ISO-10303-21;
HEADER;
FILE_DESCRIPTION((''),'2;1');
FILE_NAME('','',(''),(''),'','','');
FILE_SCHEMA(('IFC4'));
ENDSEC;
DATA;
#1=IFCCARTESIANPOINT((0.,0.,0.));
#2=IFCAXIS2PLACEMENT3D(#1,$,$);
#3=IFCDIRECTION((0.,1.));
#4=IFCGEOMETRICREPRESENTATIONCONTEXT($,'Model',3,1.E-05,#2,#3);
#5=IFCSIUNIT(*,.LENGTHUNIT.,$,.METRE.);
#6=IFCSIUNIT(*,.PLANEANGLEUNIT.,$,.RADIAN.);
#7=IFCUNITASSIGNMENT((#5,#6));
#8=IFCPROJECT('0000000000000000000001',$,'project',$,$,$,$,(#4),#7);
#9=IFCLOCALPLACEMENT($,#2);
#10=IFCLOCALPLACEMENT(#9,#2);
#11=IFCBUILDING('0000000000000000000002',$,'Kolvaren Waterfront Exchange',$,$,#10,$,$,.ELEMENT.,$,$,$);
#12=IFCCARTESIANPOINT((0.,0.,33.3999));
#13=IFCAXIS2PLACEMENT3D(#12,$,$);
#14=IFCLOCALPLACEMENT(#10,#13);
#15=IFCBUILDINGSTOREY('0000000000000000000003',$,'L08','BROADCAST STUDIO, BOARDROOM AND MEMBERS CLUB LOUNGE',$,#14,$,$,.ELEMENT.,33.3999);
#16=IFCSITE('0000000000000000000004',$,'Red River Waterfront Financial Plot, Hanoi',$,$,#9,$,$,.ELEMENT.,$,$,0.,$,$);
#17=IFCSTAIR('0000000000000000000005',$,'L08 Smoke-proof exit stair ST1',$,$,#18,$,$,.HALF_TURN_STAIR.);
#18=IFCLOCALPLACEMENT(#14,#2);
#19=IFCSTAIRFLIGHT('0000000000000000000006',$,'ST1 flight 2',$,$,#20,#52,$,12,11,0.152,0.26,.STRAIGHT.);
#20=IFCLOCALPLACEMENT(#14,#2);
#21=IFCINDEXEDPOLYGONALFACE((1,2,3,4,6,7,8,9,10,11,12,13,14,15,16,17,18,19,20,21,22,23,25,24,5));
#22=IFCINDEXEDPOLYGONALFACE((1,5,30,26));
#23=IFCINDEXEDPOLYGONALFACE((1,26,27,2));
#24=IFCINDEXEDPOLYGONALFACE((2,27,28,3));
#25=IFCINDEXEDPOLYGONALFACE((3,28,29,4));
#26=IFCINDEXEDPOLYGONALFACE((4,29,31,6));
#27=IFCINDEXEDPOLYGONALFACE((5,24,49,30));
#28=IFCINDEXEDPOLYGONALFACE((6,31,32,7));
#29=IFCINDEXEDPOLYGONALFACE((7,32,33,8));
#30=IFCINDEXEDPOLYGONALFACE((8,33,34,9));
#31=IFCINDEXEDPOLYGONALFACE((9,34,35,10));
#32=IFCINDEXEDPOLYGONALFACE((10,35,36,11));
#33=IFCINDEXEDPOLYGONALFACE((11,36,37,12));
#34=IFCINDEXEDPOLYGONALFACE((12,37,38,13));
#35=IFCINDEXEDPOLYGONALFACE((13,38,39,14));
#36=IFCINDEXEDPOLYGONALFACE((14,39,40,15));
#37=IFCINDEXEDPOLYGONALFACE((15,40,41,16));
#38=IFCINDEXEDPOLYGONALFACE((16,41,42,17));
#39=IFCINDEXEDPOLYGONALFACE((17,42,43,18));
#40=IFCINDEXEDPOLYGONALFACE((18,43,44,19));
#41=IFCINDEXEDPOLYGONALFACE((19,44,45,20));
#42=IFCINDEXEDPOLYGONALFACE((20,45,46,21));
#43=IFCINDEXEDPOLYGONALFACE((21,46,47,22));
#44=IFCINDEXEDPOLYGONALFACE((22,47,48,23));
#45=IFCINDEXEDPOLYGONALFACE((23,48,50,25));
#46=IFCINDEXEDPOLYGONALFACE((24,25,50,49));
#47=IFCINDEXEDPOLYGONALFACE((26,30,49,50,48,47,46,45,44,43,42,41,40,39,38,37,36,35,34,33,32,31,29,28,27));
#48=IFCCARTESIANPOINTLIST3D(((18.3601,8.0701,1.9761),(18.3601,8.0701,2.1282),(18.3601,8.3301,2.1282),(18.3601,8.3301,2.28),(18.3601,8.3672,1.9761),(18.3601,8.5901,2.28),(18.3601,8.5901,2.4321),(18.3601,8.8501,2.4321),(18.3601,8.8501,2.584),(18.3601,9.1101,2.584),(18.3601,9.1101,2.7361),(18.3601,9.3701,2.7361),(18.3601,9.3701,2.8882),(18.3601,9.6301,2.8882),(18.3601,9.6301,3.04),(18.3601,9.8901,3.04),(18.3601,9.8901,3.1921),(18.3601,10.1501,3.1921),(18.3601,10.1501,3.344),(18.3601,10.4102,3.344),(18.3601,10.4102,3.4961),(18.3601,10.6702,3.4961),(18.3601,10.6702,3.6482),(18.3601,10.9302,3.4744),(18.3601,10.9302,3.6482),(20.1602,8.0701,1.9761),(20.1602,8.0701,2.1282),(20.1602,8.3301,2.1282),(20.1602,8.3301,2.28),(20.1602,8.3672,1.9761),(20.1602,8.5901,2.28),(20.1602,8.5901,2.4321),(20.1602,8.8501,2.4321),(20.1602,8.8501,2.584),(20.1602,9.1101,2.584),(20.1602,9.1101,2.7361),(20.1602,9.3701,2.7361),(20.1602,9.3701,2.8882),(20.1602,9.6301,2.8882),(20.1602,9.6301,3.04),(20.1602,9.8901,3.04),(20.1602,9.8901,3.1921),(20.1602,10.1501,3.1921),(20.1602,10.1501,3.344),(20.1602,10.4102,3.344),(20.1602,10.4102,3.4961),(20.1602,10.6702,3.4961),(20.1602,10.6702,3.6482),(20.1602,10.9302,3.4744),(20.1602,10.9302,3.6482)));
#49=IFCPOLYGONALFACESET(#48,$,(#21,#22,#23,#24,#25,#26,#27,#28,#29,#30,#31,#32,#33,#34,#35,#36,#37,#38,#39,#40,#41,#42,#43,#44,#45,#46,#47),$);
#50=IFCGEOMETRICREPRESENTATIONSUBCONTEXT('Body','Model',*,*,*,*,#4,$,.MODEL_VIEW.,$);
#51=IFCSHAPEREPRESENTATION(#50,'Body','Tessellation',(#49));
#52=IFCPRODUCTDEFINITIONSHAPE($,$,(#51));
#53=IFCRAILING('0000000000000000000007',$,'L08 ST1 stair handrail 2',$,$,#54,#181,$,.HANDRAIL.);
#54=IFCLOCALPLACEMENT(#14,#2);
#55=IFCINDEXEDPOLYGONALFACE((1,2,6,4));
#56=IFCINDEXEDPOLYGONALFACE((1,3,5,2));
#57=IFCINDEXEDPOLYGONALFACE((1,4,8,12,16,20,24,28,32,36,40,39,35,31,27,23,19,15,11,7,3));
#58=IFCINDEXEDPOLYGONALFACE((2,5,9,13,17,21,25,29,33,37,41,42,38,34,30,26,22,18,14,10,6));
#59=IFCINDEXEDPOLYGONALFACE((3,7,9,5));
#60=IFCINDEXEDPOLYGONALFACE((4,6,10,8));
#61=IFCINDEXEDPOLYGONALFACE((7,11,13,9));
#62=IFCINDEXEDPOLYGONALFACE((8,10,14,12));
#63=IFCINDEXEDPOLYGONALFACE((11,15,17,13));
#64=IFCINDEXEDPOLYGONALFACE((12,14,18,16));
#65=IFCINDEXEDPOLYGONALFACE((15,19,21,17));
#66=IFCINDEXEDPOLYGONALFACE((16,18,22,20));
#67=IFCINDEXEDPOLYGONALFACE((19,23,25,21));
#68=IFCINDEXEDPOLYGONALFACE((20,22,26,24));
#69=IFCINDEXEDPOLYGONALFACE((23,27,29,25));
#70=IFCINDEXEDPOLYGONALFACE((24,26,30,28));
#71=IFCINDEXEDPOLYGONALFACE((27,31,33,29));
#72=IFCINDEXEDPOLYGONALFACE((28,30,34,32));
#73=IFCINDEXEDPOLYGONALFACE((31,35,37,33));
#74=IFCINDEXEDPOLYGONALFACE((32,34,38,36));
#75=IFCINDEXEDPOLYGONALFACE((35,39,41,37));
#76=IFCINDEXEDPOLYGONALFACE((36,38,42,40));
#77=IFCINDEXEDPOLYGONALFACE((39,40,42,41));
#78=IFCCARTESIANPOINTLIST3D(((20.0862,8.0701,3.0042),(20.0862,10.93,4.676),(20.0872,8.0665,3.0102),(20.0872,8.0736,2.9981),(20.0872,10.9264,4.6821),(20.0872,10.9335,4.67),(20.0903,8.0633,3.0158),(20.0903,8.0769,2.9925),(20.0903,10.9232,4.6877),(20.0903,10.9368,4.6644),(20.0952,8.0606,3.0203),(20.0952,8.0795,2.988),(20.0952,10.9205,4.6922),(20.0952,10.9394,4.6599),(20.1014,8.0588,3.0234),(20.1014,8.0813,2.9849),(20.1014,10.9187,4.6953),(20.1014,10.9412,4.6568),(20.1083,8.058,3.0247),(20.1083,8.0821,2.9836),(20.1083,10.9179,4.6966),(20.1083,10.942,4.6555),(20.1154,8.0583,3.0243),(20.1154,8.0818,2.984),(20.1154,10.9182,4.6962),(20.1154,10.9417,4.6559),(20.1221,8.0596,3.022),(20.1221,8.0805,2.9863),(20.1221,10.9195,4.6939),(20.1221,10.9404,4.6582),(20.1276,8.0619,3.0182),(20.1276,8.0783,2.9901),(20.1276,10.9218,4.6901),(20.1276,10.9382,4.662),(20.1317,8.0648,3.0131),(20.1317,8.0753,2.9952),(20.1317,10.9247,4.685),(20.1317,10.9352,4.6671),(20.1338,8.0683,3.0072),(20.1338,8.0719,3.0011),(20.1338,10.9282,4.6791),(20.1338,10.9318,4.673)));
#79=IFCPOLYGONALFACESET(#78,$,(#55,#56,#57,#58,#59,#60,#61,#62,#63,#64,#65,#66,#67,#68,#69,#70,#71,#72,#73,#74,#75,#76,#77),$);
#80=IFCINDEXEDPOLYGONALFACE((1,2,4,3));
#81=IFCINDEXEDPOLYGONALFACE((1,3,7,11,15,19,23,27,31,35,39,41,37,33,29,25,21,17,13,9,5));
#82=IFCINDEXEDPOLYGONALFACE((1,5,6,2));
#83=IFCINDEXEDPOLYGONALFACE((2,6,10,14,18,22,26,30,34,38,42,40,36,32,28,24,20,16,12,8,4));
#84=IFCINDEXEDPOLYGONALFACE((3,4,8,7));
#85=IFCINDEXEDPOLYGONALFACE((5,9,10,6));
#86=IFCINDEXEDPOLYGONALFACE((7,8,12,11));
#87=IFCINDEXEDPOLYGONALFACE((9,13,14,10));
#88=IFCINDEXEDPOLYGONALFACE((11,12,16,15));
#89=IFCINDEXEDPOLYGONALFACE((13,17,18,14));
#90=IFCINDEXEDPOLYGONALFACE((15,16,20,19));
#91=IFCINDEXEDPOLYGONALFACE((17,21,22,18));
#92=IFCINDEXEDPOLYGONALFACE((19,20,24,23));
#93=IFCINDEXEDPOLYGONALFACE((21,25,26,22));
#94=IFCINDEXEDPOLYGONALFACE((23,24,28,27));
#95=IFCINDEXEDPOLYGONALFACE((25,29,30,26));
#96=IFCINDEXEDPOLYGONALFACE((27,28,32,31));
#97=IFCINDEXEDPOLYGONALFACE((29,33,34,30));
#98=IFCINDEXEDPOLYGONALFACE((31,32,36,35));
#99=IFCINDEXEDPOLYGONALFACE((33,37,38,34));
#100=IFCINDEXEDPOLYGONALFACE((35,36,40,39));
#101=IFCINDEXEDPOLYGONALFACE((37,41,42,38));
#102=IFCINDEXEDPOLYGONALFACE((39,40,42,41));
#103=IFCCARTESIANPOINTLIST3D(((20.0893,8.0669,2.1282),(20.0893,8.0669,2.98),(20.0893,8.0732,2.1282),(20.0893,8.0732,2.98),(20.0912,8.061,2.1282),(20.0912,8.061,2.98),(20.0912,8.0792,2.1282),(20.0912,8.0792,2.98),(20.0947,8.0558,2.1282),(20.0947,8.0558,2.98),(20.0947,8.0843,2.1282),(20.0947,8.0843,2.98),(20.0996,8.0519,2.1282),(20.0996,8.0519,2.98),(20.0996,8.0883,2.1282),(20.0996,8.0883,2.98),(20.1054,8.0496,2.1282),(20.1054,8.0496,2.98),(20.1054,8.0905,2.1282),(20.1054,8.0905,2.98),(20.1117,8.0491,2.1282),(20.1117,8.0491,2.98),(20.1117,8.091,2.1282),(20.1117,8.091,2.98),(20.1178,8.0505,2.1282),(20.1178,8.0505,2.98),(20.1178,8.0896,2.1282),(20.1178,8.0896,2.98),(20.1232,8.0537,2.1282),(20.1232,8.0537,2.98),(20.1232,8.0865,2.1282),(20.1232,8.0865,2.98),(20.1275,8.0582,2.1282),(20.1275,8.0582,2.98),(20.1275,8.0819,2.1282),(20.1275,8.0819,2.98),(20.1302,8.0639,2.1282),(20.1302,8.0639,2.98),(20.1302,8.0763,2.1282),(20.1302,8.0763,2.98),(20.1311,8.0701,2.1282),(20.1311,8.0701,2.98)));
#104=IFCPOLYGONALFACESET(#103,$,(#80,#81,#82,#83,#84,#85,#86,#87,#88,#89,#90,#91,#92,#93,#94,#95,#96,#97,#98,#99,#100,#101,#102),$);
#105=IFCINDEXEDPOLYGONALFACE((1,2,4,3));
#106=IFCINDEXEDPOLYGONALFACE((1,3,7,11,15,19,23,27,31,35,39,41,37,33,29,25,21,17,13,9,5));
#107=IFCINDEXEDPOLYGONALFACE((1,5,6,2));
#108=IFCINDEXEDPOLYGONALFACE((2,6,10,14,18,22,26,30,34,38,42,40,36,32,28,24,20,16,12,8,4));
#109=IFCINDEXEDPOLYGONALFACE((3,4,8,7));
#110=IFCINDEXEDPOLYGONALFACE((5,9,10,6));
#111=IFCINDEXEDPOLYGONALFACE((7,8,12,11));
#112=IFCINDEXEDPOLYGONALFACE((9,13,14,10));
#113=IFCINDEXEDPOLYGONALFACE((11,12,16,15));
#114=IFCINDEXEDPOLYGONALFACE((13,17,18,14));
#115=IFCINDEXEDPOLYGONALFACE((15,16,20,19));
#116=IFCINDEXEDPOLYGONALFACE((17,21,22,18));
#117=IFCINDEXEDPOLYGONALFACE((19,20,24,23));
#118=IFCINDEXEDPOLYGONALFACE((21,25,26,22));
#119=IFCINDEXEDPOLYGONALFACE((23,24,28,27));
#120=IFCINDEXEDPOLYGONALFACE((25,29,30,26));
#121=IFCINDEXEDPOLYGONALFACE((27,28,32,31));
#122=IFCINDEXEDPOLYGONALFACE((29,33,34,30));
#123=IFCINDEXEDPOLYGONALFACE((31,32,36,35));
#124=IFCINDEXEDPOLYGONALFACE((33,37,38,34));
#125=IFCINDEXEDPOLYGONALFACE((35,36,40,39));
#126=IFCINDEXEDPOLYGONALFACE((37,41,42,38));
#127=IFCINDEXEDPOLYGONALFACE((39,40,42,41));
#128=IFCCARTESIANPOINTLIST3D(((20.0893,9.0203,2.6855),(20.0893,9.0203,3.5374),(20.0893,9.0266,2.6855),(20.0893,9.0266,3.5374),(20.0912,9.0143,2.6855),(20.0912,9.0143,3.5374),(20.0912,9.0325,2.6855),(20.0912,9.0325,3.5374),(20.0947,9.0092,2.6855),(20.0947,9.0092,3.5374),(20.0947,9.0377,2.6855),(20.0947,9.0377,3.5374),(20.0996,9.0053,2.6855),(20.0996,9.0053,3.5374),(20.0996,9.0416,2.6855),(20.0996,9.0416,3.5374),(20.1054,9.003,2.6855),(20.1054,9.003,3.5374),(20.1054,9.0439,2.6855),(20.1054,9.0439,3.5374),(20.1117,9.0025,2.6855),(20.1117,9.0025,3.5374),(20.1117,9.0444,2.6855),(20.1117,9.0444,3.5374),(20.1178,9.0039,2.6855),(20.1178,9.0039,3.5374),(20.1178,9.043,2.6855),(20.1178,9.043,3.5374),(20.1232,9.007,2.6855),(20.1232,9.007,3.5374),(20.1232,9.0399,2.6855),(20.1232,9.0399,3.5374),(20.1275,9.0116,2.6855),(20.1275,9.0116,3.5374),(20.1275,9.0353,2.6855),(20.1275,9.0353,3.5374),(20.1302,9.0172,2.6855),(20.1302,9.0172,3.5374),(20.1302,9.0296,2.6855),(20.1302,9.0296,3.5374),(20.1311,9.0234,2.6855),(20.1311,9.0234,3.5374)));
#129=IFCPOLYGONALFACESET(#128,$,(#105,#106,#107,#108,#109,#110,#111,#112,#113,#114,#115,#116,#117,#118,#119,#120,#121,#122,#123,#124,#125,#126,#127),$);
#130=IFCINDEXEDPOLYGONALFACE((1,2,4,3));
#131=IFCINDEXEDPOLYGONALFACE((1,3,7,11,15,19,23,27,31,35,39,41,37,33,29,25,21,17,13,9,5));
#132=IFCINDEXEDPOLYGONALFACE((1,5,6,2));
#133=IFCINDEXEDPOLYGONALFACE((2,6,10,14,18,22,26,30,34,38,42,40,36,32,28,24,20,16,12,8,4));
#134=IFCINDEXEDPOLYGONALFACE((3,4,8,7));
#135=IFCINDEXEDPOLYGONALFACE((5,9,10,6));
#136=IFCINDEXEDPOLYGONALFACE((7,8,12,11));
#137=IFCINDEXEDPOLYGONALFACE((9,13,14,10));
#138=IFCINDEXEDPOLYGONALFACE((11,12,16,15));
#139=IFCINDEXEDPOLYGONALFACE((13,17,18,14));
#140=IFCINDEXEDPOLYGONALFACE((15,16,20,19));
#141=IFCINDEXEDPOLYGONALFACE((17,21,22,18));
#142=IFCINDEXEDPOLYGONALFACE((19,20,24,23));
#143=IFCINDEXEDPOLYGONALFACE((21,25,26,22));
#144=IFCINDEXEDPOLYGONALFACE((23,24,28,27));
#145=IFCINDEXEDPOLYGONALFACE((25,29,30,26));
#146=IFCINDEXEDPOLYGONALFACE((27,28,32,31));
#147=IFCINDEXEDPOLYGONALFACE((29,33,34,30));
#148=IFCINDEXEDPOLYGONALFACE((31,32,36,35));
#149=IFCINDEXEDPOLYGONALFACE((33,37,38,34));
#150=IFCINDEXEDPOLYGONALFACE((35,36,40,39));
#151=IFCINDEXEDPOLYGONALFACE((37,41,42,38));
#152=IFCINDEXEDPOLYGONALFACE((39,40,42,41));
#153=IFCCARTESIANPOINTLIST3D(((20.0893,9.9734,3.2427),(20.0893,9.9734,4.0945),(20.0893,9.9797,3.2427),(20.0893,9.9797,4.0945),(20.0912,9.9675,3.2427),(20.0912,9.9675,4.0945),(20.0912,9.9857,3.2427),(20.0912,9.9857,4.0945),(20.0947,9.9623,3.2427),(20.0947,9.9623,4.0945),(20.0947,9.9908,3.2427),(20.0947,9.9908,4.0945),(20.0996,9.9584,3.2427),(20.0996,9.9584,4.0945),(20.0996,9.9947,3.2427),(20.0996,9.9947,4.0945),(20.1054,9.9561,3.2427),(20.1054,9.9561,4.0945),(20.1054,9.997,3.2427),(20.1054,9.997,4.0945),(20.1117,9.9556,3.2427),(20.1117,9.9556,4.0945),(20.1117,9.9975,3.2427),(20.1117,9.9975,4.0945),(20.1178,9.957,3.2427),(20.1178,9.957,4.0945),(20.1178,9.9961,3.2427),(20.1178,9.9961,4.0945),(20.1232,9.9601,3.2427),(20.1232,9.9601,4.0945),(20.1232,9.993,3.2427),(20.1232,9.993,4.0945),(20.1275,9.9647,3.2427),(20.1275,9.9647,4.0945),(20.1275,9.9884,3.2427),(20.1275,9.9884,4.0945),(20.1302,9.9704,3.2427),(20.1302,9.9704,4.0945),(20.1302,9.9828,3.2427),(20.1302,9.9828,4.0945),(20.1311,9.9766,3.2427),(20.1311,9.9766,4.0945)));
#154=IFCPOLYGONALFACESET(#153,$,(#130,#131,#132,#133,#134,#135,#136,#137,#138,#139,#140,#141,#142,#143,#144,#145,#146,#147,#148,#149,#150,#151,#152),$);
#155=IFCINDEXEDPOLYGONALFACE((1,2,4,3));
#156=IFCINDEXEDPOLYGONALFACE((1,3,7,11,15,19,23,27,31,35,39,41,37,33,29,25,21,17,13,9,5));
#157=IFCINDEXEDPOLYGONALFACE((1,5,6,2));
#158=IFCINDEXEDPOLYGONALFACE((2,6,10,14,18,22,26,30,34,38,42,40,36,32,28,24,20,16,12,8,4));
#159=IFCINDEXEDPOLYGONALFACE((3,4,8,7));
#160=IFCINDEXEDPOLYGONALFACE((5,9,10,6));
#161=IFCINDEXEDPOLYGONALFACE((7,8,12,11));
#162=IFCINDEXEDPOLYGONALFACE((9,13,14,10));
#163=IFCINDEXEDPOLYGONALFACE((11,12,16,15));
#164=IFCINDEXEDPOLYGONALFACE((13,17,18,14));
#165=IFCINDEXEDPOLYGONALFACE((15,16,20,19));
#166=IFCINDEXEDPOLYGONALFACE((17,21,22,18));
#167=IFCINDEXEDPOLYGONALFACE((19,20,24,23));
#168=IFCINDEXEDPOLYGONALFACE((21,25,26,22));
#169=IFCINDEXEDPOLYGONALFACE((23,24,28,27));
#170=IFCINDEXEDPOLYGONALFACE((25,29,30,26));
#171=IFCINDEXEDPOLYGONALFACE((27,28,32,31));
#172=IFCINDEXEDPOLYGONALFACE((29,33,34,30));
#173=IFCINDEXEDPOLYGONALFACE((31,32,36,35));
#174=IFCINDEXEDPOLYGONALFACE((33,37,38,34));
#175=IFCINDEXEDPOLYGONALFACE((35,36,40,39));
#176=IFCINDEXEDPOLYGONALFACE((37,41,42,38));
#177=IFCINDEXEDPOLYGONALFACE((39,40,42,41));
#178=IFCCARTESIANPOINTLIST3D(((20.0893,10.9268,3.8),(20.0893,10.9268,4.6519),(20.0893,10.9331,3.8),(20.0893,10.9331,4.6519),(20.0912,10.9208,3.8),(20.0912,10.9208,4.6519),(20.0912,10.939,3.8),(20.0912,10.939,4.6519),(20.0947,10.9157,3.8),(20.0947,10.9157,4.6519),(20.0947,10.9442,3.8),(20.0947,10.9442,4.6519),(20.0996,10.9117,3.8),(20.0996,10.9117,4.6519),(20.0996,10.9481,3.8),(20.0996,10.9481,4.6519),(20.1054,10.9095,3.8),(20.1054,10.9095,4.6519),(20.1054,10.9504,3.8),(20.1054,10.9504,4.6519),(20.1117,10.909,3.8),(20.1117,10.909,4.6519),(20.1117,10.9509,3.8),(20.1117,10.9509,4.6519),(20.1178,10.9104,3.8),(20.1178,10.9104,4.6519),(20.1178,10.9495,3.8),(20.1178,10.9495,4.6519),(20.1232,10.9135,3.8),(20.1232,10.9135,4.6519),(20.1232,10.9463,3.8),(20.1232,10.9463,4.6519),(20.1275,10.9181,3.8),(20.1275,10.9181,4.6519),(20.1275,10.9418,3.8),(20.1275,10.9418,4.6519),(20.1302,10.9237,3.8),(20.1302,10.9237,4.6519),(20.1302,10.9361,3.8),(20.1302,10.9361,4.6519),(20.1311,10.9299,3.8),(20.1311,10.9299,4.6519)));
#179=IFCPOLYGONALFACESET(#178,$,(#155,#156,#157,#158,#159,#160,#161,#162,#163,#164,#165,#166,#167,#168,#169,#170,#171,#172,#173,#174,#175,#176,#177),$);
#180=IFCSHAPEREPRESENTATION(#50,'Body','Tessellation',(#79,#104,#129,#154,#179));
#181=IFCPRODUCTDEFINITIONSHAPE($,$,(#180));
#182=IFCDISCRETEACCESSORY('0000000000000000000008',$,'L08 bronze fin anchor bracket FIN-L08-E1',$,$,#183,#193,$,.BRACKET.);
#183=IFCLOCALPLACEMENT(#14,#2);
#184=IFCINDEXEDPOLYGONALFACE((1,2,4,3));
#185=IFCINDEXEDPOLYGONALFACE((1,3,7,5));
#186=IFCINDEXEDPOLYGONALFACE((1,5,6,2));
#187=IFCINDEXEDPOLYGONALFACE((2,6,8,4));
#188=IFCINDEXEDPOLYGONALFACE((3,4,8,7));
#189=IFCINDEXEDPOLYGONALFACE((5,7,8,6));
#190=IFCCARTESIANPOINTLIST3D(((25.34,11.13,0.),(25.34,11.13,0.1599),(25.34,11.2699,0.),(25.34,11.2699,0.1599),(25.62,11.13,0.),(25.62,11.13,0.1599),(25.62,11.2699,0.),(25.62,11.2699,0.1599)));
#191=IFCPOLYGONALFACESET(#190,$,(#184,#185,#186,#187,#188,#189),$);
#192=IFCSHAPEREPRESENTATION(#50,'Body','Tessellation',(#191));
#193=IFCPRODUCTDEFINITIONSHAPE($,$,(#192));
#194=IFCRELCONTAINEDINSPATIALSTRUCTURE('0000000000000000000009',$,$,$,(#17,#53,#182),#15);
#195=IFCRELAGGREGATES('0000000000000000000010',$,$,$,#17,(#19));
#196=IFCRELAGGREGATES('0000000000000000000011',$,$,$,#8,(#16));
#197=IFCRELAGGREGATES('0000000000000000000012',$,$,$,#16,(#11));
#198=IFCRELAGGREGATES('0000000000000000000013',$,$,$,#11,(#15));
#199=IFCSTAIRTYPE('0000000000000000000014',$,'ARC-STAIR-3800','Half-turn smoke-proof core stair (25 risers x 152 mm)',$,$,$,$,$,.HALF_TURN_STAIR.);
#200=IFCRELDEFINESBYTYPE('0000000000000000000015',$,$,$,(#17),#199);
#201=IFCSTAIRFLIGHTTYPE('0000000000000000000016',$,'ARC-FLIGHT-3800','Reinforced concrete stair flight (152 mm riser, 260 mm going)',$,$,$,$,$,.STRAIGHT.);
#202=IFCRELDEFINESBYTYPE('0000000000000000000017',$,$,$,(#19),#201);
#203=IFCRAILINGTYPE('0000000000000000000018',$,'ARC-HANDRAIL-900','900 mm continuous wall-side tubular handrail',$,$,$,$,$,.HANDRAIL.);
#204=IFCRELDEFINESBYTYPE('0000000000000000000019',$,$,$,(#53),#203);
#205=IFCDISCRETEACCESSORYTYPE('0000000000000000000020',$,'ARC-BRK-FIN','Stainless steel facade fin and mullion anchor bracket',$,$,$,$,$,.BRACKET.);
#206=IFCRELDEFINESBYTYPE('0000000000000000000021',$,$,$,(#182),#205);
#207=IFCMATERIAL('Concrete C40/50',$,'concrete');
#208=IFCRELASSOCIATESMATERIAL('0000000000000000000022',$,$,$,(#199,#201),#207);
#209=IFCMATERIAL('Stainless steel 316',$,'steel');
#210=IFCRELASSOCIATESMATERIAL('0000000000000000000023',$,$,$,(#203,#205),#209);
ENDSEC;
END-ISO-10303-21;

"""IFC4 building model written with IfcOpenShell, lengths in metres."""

from ifc_helpers import new_model, si_unit, direction, frame, origin, origin_with_axes, origin_2d, place, context, subcontext, project, spatial, polyline, rectangle, circle, outline, extrude, source, transform, mapped, material, type_object, element, aggregate, save


model = new_model("IFC4")

# Units and contexts
model_context = context("Model", 3, precision=1e-05, world=origin(), true_north=direction((0.0, 1.0)))
body_context = subcontext(model_context, "Body", "Model", "MODEL_VIEW")
ifc_project = project(units=[si_unit("LENGTHUNIT", "METRE"), si_unit("PLANEANGLEUNIT", "RADIAN")], contexts=[model_context])

# Site, building, storey
site_placement = place(None, origin())
site = spatial("IfcSite", under=ifc_project, at=site_placement, Name="Red River Waterfront Financial Plot, Hanoi", CompositionType="ELEMENT", RefElevation=0.0)
building_placement = place(site_placement, origin())
building = spatial("IfcBuilding", under=site, at=building_placement, Name="Kolvaren Waterfront Exchange", CompositionType="ELEMENT")
storey_placement = place(building_placement, frame((0.0, 0.0, 33.3999)))
storey = spatial("IfcBuildingStorey", under=building, at=storey_placement, Name="L08", Description="BROADCAST STUDIO, BOARDROOM AND MEMBERS CLUB LOUNGE", CompositionType="ELEMENT", Elevation=33.3999)

# Shared definitions
ifc_material_1 = material(Name="Concrete C40/50", Category="concrete")

# Stair, stair flight
stair_type = type_object("IfcStairType", Name="ARC-STAIR-3800", Description="Half-turn smoke-proof core stair (25 risers x 152 mm)", PredefinedType="HALF_TURN_STAIR", material=ifc_material_1)
stair_placement = place(storey_placement, origin())
stair = element("IfcStair", 1, at=stair_placement, inside=storey, type_object=stair_type, Name="L08 Smoke-proof exit stair ST1", PredefinedType="HALF_TURN_STAIR")
stair_flight_type = type_object("IfcStairFlightType", Name="ARC-FLIGHT-3800", Description="Reinforced concrete stair flight (152 mm riser, 260 mm going)", PredefinedType="STRAIGHT", material=ifc_material_1)
stair_flight_placement = place(storey_placement, frame((19.26, 8.0701, 1.9761), z_axis=(0.0, 0.0, 1.0), x_axis=(0.0, 1.0, 0.0)))
stair_flight = element("IfcStairFlight", 2, at=stair_flight_placement, type_object=stair_flight_type, Name="ST1 flight 2", NumberOfRisers=12, NumberOfTreads=11, PredefinedType="STRAIGHT", RiserHeight=0.152, TreadLength=0.26, context=body_context, shape_type="SweptSolid", body=[
    extrude(outline(polyline([(0.0, 0.0), (0.0, 0.1521), (0.26, 0.1521), (0.26, 0.304), (0.52, 0.304), (0.52, 0.4561), (0.78, 0.4561), (0.78, 0.6079), (1.04, 0.6079), (1.04, 0.76), (1.3, 0.76), (1.3, 0.9121), (1.5601, 0.9121), (1.5601, 1.064), (1.8201, 1.064), (1.8201, 1.2161), (2.0801, 1.2161), (2.0801, 1.3679), (2.3401, 1.3679), (2.3401, 1.52), (2.6001, 1.52), (2.6001, 1.6721), (2.8601, 1.6721), (2.8601, 1.824), (2.8601, 1.4983), (0.2971, 0.0), (0.0, 0.0)])), frame((0.0, 0.8999, 0.0), z_axis=(0.0, -1.0, 0.0), x_axis=(1.0, 0.0, 0.0)), (0.0, 0.0, 1.0), 1.8),
])
aggregate(stair, [stair_flight])

# Railing
ifc_material_2 = material(Name="Stainless steel 316", Category="steel")
railing_type = type_object("IfcRailingType", Name="ARC-HANDRAIL-900", Description="900 mm continuous wall-side tubular handrail", PredefinedType="HANDRAIL", material=ifc_material_2)
railing_placement = place(storey_placement, frame((20.1101, 8.0701, 2.1282)))
element("IfcRailing", 3, at=railing_placement, inside=storey, type_object=railing_type, Name="L08 ST1 stair handrail 2", PredefinedType="HANDRAIL", context=body_context, shape_type="SweptSolid", body=[
    extrude(circle(Radius=0.0239, at=origin_2d()), frame((0.0, 0.0, 0.876), z_axis=(0.0, 0.863303, 0.504686), x_axis=(-1.0, 0.0, 0.0)), (0.0, 0.0, 1.0), 3.3127),
    extrude(circle(Radius=0.021, at=origin_2d()), origin(), (0.0, 0.0, 1.0), 0.8518),
    extrude(circle(Radius=0.021, at=origin_2d()), frame((0.0, 0.9534, 0.5574)), (0.0, 0.0, 1.0), 0.8518),
    extrude(circle(Radius=0.021, at=origin_2d()), frame((0.0, 1.9065, 1.1145)), (0.0, 0.0, 1.0), 0.8518),
    extrude(circle(Radius=0.021, at=origin_2d()), frame((0.0, 2.8599, 1.6719)), (0.0, 0.0, 1.0), 0.8518),
])

# Discrete accessory
discrete_accessory_type = type_object("IfcDiscreteAccessoryType", Name="ARC-BRK-FIN", Description="Stainless steel facade fin and mullion anchor bracket", PredefinedType="BRACKET", material=ifc_material_2)
shared_shape_1 = source(origin_with_axes(), body_context, "Body", "SweptSolid", [
    extrude(rectangle(XDim=0.28, YDim=0.1399, at=origin_2d()), origin(), (0.0, 0.0, 1.0), 0.1599),
])
discrete_accessory_placement = place(storey_placement, frame((25.48, 11.2, 0.0), z_axis=(0.0, 0.0, 1.0), x_axis=(1.0, 0.0, 0.0)))
element("IfcDiscreteAccessory", 4, at=discrete_accessory_placement, inside=storey, type_object=discrete_accessory_type, Name="L08 bronze fin anchor bracket FIN-L08-E1", PredefinedType="BRACKET", context=body_context, shape_type="MappedRepresentation", body=[
    mapped(shared_shape_1, transform((0.0, 0.0, 0.0), x_axis=(1.0, 0.0, 0.0), y_axis=(0.0, 1.0, 0.0), z_axis=(0.0, 0.0, 1.0), scale=1.0)),
])

save(model, "model.ifc")
